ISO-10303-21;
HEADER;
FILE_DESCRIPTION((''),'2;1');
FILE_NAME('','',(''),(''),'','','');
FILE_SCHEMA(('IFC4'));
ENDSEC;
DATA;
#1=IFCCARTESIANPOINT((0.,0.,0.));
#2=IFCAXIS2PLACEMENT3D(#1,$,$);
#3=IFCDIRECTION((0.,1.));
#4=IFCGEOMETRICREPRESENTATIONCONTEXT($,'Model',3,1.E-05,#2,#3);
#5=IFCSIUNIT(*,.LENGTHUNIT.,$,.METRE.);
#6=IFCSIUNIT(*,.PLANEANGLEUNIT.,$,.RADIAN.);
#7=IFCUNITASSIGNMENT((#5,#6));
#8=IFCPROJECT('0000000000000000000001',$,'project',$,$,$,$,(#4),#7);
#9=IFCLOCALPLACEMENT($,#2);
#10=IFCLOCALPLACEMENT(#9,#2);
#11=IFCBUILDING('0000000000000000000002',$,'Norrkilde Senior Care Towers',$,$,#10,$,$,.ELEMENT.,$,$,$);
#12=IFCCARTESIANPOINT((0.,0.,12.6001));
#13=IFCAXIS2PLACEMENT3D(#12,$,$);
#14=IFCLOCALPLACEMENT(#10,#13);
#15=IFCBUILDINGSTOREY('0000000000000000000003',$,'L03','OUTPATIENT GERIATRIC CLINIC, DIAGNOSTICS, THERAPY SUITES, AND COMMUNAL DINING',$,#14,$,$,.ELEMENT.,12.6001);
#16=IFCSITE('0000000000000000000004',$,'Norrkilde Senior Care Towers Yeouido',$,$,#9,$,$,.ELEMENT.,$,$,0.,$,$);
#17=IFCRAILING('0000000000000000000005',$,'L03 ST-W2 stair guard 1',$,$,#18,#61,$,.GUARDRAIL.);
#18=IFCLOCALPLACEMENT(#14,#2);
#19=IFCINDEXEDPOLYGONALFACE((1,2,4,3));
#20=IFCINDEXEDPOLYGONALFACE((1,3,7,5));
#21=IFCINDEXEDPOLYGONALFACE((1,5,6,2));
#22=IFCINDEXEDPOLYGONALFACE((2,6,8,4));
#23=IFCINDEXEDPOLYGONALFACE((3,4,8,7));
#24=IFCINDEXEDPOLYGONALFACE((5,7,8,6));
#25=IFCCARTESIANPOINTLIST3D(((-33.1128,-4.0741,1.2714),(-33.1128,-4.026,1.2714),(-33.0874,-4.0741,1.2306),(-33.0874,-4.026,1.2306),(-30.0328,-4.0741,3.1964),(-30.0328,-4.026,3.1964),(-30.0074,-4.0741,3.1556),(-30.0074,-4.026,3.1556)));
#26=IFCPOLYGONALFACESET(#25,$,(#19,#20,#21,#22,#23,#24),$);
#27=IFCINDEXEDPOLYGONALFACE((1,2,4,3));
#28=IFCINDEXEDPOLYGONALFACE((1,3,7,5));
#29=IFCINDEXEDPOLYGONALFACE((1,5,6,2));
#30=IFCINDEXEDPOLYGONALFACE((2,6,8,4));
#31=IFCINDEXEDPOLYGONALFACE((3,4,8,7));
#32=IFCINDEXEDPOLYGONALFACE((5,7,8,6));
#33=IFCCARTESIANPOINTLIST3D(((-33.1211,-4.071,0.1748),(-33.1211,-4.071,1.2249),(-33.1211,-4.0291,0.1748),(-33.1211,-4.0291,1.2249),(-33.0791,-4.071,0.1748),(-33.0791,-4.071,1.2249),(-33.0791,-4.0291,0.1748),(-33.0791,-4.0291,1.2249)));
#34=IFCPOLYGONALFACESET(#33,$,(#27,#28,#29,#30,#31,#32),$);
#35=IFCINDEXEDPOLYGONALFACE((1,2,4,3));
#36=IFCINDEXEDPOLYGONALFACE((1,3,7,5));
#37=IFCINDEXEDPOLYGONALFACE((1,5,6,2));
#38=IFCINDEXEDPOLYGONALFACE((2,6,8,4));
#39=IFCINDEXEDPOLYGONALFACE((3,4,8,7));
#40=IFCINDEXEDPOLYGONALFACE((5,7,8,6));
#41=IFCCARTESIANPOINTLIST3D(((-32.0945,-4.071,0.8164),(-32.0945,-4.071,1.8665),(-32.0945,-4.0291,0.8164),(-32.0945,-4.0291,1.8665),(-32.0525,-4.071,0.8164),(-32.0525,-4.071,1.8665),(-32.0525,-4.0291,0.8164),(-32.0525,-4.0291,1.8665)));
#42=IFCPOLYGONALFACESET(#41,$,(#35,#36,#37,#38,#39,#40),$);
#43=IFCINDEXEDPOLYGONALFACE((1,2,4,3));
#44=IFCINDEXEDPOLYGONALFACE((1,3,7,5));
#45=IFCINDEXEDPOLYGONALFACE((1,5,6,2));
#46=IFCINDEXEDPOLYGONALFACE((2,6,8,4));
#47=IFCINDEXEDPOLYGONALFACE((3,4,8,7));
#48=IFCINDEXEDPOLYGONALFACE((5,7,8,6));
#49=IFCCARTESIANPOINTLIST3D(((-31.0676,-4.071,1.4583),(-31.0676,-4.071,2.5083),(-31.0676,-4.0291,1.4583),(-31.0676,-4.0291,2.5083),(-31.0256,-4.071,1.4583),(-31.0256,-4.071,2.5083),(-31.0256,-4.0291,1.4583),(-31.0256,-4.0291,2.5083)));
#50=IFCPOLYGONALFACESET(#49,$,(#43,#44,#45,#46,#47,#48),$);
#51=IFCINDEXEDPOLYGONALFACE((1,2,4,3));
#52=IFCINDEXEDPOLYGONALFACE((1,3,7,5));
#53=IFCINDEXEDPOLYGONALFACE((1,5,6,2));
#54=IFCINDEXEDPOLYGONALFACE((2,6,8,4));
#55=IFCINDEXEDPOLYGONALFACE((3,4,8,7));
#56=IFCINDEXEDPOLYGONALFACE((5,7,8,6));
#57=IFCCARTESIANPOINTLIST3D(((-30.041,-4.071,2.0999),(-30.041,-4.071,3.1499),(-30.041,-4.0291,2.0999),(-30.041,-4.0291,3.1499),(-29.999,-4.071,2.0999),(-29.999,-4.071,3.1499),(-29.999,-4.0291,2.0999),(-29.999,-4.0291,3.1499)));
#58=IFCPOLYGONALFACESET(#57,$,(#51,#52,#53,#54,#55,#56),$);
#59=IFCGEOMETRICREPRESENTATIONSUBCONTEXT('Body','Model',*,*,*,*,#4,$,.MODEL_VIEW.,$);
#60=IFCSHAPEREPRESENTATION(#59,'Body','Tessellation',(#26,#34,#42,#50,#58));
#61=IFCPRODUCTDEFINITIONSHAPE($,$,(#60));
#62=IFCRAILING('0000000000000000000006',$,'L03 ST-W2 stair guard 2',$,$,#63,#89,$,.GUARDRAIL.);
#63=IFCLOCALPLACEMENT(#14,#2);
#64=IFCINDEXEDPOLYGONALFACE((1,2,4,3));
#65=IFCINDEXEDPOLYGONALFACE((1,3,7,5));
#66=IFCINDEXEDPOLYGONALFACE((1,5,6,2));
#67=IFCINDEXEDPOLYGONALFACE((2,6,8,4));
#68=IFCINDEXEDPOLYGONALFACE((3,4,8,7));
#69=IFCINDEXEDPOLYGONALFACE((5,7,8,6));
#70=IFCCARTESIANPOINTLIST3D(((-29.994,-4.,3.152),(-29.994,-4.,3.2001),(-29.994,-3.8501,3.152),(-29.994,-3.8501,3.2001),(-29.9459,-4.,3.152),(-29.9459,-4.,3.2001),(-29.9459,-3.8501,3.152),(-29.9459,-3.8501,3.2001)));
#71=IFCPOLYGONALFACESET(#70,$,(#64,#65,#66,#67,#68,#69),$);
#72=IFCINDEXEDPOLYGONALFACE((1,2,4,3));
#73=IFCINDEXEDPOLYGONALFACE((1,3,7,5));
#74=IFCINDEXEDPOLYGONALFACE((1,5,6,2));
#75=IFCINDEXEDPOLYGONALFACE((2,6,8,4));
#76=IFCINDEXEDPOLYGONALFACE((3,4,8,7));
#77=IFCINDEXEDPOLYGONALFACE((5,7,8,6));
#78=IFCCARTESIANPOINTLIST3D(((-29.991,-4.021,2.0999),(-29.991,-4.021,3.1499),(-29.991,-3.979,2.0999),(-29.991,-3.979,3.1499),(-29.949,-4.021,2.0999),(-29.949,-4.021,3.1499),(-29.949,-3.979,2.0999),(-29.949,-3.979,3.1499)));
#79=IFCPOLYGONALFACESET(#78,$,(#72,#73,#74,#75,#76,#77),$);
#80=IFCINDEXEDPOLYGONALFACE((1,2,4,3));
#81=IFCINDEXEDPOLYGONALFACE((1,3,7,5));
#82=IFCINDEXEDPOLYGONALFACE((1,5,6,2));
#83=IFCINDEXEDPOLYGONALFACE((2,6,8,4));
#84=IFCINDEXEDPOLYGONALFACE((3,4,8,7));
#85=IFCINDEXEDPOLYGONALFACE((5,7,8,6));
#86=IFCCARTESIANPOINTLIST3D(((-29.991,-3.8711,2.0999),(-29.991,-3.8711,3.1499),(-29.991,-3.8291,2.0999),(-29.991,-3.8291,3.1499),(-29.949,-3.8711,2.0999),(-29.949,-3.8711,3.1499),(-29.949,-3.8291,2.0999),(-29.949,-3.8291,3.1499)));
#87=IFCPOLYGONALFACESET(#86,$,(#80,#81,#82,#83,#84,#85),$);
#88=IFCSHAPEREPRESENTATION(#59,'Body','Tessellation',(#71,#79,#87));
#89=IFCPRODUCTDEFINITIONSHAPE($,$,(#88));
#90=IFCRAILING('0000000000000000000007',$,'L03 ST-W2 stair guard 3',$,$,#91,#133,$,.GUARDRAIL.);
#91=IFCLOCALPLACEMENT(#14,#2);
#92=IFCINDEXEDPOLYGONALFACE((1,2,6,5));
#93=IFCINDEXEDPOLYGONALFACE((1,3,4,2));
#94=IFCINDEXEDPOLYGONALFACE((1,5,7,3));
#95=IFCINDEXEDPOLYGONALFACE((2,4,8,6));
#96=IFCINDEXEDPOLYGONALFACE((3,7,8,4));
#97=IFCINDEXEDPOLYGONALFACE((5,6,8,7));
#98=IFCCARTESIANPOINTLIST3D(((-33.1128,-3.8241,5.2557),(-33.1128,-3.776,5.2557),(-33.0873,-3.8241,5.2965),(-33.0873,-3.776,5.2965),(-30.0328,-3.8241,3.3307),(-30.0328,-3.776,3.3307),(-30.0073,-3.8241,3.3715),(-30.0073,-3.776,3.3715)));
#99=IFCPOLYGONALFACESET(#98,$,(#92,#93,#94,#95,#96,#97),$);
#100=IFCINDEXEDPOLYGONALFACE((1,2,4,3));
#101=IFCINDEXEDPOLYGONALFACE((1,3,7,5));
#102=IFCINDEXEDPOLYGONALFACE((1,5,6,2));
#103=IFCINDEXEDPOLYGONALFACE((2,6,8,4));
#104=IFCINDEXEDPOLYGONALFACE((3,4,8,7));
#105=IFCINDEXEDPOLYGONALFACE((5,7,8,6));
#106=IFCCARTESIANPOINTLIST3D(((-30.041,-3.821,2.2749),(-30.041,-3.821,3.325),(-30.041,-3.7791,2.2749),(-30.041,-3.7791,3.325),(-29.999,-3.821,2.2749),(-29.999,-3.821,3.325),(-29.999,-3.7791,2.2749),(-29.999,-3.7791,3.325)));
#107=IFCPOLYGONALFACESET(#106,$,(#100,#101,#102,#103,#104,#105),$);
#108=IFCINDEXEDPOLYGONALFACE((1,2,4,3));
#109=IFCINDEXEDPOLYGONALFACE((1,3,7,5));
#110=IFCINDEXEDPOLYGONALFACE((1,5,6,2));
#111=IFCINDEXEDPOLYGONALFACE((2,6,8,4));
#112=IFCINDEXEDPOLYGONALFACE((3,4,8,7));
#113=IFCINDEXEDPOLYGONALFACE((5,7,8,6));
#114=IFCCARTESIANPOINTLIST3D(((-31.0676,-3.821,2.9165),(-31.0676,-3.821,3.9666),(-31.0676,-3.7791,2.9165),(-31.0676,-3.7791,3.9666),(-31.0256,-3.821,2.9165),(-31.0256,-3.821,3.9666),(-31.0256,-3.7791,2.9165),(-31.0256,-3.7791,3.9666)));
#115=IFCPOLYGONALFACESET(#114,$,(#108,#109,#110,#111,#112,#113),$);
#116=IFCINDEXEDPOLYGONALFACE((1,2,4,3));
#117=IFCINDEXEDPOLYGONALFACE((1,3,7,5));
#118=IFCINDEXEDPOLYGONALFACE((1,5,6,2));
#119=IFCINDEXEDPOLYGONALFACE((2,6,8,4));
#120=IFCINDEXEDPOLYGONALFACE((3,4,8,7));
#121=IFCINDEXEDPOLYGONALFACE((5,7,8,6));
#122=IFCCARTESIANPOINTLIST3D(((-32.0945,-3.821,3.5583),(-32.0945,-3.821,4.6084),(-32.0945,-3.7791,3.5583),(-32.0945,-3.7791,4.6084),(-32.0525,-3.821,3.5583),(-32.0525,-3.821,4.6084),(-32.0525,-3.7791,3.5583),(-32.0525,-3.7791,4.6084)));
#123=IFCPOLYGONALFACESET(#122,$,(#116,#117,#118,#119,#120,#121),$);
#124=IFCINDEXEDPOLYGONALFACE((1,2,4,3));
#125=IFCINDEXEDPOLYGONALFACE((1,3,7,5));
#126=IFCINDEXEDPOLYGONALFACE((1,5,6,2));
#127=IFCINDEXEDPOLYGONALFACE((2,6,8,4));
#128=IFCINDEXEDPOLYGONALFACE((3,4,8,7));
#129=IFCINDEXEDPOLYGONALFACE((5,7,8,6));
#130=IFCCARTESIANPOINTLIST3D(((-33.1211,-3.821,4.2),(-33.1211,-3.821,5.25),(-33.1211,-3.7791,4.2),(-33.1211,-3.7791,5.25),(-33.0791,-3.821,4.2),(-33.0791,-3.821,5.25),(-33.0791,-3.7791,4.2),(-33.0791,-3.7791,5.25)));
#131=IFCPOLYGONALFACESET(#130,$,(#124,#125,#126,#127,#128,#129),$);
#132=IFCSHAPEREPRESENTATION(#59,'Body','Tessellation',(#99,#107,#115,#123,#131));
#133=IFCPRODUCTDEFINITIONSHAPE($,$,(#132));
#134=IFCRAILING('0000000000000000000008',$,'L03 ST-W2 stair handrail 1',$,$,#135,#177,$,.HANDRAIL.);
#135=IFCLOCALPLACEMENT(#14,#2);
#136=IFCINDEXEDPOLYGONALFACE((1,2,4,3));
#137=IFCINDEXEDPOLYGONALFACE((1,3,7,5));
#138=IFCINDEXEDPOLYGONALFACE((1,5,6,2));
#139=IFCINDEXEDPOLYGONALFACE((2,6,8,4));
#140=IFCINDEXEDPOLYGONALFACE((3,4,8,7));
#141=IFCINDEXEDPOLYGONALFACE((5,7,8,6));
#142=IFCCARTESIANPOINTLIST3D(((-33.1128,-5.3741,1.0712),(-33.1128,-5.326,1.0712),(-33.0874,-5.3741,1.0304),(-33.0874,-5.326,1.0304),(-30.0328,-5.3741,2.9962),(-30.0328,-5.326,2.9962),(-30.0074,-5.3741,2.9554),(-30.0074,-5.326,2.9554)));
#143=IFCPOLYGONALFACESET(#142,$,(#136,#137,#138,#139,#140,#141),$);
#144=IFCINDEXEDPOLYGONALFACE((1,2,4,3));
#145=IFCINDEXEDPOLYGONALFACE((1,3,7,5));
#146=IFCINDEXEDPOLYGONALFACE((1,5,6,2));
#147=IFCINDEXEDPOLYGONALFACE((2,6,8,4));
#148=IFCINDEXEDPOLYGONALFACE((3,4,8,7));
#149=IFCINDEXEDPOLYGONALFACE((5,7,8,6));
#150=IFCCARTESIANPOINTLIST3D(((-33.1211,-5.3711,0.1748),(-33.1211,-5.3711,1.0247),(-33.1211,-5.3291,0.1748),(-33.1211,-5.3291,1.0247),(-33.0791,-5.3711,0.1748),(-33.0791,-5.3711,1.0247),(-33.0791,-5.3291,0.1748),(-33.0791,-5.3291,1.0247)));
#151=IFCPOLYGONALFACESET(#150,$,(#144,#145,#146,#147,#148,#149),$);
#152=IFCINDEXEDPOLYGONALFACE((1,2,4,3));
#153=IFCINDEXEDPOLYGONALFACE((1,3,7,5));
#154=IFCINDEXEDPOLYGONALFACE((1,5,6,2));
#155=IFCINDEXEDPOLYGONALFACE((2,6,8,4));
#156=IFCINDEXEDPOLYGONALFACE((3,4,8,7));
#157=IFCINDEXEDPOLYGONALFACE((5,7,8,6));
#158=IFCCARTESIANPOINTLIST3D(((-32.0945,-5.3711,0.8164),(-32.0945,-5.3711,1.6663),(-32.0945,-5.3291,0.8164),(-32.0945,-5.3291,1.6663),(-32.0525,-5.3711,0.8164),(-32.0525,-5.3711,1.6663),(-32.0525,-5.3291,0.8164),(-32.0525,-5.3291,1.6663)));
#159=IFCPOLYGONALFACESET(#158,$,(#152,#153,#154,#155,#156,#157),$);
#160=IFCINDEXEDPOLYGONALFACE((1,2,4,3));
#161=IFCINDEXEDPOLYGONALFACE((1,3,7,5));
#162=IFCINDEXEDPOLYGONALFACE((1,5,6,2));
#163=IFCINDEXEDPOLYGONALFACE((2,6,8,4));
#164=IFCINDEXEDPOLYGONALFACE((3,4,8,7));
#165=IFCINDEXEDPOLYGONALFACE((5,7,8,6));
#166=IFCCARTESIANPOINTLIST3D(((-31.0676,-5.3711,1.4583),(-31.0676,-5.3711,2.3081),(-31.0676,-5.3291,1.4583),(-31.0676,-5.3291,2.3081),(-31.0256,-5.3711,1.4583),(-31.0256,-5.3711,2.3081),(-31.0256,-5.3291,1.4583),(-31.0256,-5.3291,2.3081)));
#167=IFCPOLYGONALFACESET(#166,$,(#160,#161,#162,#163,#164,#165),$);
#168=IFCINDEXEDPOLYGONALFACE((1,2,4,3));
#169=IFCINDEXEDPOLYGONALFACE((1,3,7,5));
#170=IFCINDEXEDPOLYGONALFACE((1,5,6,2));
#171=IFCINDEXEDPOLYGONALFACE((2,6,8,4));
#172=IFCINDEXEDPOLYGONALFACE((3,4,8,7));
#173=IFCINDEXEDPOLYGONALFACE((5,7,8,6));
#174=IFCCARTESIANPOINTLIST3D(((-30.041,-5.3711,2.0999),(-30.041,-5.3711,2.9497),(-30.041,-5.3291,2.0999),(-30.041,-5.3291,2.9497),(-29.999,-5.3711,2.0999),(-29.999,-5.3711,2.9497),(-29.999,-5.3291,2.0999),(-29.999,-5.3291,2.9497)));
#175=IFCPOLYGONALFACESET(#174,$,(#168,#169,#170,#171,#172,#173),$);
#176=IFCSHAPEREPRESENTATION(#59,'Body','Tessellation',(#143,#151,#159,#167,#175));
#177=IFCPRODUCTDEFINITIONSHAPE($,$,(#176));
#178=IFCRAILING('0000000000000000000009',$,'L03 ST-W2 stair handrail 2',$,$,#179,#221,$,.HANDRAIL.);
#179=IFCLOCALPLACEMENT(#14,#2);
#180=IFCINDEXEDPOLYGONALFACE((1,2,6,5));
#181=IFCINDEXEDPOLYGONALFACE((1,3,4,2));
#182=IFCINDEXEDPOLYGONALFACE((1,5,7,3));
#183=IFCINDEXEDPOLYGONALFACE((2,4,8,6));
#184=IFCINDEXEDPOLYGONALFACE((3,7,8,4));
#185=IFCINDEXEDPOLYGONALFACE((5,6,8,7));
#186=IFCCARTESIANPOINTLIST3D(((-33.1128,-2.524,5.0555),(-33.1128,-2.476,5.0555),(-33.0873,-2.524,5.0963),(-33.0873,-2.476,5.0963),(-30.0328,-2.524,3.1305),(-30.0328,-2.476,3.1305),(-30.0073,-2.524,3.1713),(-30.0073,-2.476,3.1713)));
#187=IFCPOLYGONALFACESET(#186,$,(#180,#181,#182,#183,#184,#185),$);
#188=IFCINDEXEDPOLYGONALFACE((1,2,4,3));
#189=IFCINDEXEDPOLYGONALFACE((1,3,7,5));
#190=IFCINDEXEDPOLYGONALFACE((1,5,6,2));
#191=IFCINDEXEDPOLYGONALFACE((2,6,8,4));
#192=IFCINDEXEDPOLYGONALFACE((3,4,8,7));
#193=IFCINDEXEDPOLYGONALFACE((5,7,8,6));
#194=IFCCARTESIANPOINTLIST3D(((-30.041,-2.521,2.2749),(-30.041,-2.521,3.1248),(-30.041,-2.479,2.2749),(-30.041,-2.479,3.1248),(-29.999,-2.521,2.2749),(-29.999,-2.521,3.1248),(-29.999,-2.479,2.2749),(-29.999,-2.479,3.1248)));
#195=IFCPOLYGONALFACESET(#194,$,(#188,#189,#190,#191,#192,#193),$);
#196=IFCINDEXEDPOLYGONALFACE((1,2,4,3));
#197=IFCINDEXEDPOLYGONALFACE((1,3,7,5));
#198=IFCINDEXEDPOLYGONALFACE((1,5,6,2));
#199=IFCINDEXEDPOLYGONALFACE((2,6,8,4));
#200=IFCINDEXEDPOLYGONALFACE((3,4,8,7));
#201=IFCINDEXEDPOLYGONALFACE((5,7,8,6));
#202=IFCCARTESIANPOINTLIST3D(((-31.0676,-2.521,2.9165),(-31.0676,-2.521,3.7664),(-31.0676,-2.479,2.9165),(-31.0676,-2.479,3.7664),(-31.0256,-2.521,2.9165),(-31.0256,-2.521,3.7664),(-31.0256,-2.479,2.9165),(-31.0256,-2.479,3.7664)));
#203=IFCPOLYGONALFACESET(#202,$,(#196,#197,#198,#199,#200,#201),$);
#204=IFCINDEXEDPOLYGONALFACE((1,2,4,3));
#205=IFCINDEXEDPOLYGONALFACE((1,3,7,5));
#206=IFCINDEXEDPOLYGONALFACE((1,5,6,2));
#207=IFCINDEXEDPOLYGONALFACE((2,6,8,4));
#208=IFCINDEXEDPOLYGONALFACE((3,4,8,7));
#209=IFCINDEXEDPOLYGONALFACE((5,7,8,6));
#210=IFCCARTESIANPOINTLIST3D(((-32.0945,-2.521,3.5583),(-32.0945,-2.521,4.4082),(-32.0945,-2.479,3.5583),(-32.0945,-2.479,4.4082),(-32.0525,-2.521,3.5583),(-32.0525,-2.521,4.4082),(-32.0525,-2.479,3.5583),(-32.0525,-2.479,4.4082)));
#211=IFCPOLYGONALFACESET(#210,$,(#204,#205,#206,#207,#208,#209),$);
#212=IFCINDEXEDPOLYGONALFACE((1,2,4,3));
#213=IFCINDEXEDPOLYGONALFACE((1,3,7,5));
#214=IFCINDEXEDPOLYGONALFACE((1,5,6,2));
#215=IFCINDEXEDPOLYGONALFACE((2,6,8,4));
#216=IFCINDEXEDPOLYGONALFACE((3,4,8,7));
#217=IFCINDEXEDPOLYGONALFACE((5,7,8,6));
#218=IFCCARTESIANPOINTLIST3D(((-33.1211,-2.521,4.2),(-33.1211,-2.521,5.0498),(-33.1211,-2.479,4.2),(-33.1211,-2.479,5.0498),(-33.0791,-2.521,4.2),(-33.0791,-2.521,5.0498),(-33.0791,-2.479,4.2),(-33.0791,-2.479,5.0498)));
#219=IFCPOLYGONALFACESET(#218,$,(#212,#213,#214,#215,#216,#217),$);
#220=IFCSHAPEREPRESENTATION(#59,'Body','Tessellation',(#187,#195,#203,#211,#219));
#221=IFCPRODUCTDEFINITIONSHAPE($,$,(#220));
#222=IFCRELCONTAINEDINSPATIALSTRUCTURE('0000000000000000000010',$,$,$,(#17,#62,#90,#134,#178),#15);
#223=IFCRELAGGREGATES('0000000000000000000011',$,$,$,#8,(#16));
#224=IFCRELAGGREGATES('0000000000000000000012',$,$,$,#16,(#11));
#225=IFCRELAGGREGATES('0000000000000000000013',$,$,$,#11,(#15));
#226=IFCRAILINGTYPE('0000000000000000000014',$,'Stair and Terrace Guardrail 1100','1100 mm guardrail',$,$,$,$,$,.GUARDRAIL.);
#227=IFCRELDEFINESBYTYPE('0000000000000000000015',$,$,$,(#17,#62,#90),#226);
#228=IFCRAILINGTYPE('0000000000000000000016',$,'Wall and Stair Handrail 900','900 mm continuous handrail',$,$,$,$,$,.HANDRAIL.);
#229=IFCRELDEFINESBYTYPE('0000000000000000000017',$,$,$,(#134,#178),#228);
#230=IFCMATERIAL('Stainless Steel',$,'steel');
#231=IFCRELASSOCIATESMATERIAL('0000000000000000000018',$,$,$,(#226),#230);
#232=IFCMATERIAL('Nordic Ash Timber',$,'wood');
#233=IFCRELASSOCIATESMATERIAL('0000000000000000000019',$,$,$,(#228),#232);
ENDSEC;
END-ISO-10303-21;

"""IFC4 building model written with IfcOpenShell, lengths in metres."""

from ifc_helpers import new_model, si_unit, direction, frame, origin, origin_2d, place, context, subcontext, project, spatial, rectangle, extrude, material, type_object, element, save


model = new_model("IFC4")

# Units and contexts
model_context = context("Model", 3, precision=1e-05, world=origin(), true_north=direction((0.0, 1.0)))
body_context = subcontext(model_context, "Body", "Model", "MODEL_VIEW")
ifc_project = project(units=[si_unit("LENGTHUNIT", "METRE"), si_unit("PLANEANGLEUNIT", "RADIAN")], contexts=[model_context])

# Site, building, storey
site_placement = place(None, origin())
site = spatial("IfcSite", under=ifc_project, at=site_placement, Name="Norrkilde Senior Care Towers Yeouido", CompositionType="ELEMENT", RefElevation=0.0)
building_placement = place(site_placement, origin())
building = spatial("IfcBuilding", under=site, at=building_placement, Name="Norrkilde Senior Care Towers", CompositionType="ELEMENT")
storey_placement = place(building_placement, frame((0.0, 0.0, 12.6001)))
storey = spatial("IfcBuildingStorey", under=building, at=storey_placement, Name="L03", Description="OUTPATIENT GERIATRIC CLINIC, DIAGNOSTICS, THERAPY SUITES, AND COMMUNAL DINING", CompositionType="ELEMENT", Elevation=12.6001)

# Railings
ifc_material_1 = material(Name="Stainless Steel", Category="steel")
railing_type_1 = type_object("IfcRailingType", Name="Stair and Terrace Guardrail 1100", Description="1100 mm guardrail", PredefinedType="GUARDRAIL", material=ifc_material_1)
railing_1_placement = place(storey_placement, frame((-33.1001, -4.05, 0.1748)))
element("IfcRailing", 1, at=railing_1_placement, inside=storey, type_object=railing_type_1, Name="L03 ST-W2 stair guard 1", PredefinedType="GUARDRAIL", context=body_context, shape_type="SweptSolid", body=[
    extrude(rectangle(XDim=0.0481, YDim=0.0481, at=origin_2d()), frame((0.0, 0.0, 1.0762), z_axis=(0.847998, 0.0, 0.529999), x_axis=(0.0, 1.0, 0.0)), (0.0, 0.0, 1.0), 3.6321),
    extrude(rectangle(XDim=0.042, YDim=0.042, at=origin_2d()), origin(), (0.0, 0.0, 1.0), 1.05),
    extrude(rectangle(XDim=0.042, YDim=0.042, at=origin_2d()), frame((1.0266, 0.0, 0.6416)), (0.0, 0.0, 1.0), 1.05),
    extrude(rectangle(XDim=0.042, YDim=0.042, at=origin_2d()), frame((2.0535, 0.0, 1.2834)), (0.0, 0.0, 1.0), 1.05),
    extrude(rectangle(XDim=0.042, YDim=0.042, at=origin_2d()), frame((3.0801, 0.0, 1.925)), (0.0, 0.0, 1.0), 1.05),
])
railing_2_placement = place(storey_placement, frame((-29.97, -4.0, 2.0999)))
element("IfcRailing", 2, at=railing_2_placement, inside=storey, type_object=railing_type_1, Name="L03 ST-W2 stair guard 2", PredefinedType="GUARDRAIL", context=body_context, shape_type="SweptSolid", body=[
    extrude(rectangle(XDim=0.0481, YDim=0.0481, at=origin_2d()), frame((0.0, 0.0, 1.0762), z_axis=(0.0, 1.0, 0.0), x_axis=(-1.0, 0.0, 0.0)), (0.0, 0.0, 1.0), 0.1499),
    extrude(rectangle(XDim=0.042, YDim=0.042, at=origin_2d()), origin(), (0.0, 0.0, 1.0), 1.05),
    extrude(rectangle(XDim=0.042, YDim=0.042, at=origin_2d()), frame((0.0, 0.1499, 0.0)), (0.0, 0.0, 1.0), 1.05),
])
railing_3_placement = place(storey_placement, frame((-30.02, -3.8, 2.2749)))
element("IfcRailing", 3, at=railing_3_placement, inside=storey, type_object=railing_type_1, Name="L03 ST-W2 stair guard 3", PredefinedType="GUARDRAIL", context=body_context, shape_type="SweptSolid", body=[
    extrude(rectangle(XDim=0.0481, YDim=0.0481, at=origin_2d()), frame((0.0, 0.0, 1.0762), z_axis=(-0.847998, 0.0, 0.529999), x_axis=(0.0, -1.0, 0.0)), (0.0, 0.0, 1.0), 3.6321),
    extrude(rectangle(XDim=0.042, YDim=0.042, at=origin_2d()), origin(), (0.0, 0.0, 1.0), 1.05),
    extrude(rectangle(XDim=0.042, YDim=0.042, at=origin_2d()), frame((-1.0266, 0.0, 0.6416)), (0.0, 0.0, 1.0), 1.05),
    extrude(rectangle(XDim=0.042, YDim=0.042, at=origin_2d()), frame((-2.0535, 0.0, 1.2834)), (0.0, 0.0, 1.0), 1.05),
    extrude(rectangle(XDim=0.042, YDim=0.042, at=origin_2d()), frame((-3.0801, 0.0, 1.925)), (0.0, 0.0, 1.0), 1.05),
])
ifc_material_2 = material(Name="Nordic Ash Timber", Category="wood")
railing_type_2 = type_object("IfcRailingType", Name="Wall and Stair Handrail 900", Description="900 mm continuous handrail", PredefinedType="HANDRAIL", material=ifc_material_2)
railing_4_placement = place(storey_placement, frame((-33.1001, -5.3501, 0.1748)))
element("IfcRailing", 4, at=railing_4_placement, inside=storey, type_object=railing_type_2, Name="L03 ST-W2 stair handrail 1", PredefinedType="HANDRAIL", context=body_context, shape_type="SweptSolid", body=[
    extrude(rectangle(XDim=0.0481, YDim=0.0481, at=origin_2d()), frame((0.0, 0.0, 0.876), z_axis=(0.847998, 0.0, 0.529999), x_axis=(0.0, 1.0, 0.0)), (0.0, 0.0, 1.0), 3.6321),
    extrude(rectangle(XDim=0.042, YDim=0.042, at=origin_2d()), origin(), (0.0, 0.0, 1.0), 0.8499),
    extrude(rectangle(XDim=0.042, YDim=0.042, at=origin_2d()), frame((1.0266, 0.0, 0.6416)), (0.0, 0.0, 1.0), 0.8499),
    extrude(rectangle(XDim=0.042, YDim=0.042, at=origin_2d()), frame((2.0535, 0.0, 1.2834)), (0.0, 0.0, 1.0), 0.8499),
    extrude(rectangle(XDim=0.042, YDim=0.042, at=origin_2d()), frame((3.0801, 0.0, 1.925)), (0.0, 0.0, 1.0), 0.8499),
])
railing_5_placement = place(storey_placement, frame((-30.02, -2.5, 2.2749)))
element("IfcRailing", 5, at=railing_5_placement, inside=storey, type_object=railing_type_2, Name="L03 ST-W2 stair handrail 2", PredefinedType="HANDRAIL", context=body_context, shape_type="SweptSolid", body=[
    extrude(rectangle(XDim=0.0481, YDim=0.0481, at=origin_2d()), frame((0.0, 0.0, 0.876), z_axis=(-0.847998, 0.0, 0.529999), x_axis=(0.0, -1.0, 0.0)), (0.0, 0.0, 1.0), 3.6321),
    extrude(rectangle(XDim=0.042, YDim=0.042, at=origin_2d()), origin(), (0.0, 0.0, 1.0), 0.8499),
    extrude(rectangle(XDim=0.042, YDim=0.042, at=origin_2d()), frame((-1.0266, 0.0, 0.6416)), (0.0, 0.0, 1.0), 0.8499),
    extrude(rectangle(XDim=0.042, YDim=0.042, at=origin_2d()), frame((-2.0535, 0.0, 1.2834)), (0.0, 0.0, 1.0), 0.8499),
    extrude(rectangle(XDim=0.042, YDim=0.042, at=origin_2d()), frame((-3.0801, 0.0, 1.925)), (0.0, 0.0, 1.0), 0.8499),
])

save(model, "model.ifc")
